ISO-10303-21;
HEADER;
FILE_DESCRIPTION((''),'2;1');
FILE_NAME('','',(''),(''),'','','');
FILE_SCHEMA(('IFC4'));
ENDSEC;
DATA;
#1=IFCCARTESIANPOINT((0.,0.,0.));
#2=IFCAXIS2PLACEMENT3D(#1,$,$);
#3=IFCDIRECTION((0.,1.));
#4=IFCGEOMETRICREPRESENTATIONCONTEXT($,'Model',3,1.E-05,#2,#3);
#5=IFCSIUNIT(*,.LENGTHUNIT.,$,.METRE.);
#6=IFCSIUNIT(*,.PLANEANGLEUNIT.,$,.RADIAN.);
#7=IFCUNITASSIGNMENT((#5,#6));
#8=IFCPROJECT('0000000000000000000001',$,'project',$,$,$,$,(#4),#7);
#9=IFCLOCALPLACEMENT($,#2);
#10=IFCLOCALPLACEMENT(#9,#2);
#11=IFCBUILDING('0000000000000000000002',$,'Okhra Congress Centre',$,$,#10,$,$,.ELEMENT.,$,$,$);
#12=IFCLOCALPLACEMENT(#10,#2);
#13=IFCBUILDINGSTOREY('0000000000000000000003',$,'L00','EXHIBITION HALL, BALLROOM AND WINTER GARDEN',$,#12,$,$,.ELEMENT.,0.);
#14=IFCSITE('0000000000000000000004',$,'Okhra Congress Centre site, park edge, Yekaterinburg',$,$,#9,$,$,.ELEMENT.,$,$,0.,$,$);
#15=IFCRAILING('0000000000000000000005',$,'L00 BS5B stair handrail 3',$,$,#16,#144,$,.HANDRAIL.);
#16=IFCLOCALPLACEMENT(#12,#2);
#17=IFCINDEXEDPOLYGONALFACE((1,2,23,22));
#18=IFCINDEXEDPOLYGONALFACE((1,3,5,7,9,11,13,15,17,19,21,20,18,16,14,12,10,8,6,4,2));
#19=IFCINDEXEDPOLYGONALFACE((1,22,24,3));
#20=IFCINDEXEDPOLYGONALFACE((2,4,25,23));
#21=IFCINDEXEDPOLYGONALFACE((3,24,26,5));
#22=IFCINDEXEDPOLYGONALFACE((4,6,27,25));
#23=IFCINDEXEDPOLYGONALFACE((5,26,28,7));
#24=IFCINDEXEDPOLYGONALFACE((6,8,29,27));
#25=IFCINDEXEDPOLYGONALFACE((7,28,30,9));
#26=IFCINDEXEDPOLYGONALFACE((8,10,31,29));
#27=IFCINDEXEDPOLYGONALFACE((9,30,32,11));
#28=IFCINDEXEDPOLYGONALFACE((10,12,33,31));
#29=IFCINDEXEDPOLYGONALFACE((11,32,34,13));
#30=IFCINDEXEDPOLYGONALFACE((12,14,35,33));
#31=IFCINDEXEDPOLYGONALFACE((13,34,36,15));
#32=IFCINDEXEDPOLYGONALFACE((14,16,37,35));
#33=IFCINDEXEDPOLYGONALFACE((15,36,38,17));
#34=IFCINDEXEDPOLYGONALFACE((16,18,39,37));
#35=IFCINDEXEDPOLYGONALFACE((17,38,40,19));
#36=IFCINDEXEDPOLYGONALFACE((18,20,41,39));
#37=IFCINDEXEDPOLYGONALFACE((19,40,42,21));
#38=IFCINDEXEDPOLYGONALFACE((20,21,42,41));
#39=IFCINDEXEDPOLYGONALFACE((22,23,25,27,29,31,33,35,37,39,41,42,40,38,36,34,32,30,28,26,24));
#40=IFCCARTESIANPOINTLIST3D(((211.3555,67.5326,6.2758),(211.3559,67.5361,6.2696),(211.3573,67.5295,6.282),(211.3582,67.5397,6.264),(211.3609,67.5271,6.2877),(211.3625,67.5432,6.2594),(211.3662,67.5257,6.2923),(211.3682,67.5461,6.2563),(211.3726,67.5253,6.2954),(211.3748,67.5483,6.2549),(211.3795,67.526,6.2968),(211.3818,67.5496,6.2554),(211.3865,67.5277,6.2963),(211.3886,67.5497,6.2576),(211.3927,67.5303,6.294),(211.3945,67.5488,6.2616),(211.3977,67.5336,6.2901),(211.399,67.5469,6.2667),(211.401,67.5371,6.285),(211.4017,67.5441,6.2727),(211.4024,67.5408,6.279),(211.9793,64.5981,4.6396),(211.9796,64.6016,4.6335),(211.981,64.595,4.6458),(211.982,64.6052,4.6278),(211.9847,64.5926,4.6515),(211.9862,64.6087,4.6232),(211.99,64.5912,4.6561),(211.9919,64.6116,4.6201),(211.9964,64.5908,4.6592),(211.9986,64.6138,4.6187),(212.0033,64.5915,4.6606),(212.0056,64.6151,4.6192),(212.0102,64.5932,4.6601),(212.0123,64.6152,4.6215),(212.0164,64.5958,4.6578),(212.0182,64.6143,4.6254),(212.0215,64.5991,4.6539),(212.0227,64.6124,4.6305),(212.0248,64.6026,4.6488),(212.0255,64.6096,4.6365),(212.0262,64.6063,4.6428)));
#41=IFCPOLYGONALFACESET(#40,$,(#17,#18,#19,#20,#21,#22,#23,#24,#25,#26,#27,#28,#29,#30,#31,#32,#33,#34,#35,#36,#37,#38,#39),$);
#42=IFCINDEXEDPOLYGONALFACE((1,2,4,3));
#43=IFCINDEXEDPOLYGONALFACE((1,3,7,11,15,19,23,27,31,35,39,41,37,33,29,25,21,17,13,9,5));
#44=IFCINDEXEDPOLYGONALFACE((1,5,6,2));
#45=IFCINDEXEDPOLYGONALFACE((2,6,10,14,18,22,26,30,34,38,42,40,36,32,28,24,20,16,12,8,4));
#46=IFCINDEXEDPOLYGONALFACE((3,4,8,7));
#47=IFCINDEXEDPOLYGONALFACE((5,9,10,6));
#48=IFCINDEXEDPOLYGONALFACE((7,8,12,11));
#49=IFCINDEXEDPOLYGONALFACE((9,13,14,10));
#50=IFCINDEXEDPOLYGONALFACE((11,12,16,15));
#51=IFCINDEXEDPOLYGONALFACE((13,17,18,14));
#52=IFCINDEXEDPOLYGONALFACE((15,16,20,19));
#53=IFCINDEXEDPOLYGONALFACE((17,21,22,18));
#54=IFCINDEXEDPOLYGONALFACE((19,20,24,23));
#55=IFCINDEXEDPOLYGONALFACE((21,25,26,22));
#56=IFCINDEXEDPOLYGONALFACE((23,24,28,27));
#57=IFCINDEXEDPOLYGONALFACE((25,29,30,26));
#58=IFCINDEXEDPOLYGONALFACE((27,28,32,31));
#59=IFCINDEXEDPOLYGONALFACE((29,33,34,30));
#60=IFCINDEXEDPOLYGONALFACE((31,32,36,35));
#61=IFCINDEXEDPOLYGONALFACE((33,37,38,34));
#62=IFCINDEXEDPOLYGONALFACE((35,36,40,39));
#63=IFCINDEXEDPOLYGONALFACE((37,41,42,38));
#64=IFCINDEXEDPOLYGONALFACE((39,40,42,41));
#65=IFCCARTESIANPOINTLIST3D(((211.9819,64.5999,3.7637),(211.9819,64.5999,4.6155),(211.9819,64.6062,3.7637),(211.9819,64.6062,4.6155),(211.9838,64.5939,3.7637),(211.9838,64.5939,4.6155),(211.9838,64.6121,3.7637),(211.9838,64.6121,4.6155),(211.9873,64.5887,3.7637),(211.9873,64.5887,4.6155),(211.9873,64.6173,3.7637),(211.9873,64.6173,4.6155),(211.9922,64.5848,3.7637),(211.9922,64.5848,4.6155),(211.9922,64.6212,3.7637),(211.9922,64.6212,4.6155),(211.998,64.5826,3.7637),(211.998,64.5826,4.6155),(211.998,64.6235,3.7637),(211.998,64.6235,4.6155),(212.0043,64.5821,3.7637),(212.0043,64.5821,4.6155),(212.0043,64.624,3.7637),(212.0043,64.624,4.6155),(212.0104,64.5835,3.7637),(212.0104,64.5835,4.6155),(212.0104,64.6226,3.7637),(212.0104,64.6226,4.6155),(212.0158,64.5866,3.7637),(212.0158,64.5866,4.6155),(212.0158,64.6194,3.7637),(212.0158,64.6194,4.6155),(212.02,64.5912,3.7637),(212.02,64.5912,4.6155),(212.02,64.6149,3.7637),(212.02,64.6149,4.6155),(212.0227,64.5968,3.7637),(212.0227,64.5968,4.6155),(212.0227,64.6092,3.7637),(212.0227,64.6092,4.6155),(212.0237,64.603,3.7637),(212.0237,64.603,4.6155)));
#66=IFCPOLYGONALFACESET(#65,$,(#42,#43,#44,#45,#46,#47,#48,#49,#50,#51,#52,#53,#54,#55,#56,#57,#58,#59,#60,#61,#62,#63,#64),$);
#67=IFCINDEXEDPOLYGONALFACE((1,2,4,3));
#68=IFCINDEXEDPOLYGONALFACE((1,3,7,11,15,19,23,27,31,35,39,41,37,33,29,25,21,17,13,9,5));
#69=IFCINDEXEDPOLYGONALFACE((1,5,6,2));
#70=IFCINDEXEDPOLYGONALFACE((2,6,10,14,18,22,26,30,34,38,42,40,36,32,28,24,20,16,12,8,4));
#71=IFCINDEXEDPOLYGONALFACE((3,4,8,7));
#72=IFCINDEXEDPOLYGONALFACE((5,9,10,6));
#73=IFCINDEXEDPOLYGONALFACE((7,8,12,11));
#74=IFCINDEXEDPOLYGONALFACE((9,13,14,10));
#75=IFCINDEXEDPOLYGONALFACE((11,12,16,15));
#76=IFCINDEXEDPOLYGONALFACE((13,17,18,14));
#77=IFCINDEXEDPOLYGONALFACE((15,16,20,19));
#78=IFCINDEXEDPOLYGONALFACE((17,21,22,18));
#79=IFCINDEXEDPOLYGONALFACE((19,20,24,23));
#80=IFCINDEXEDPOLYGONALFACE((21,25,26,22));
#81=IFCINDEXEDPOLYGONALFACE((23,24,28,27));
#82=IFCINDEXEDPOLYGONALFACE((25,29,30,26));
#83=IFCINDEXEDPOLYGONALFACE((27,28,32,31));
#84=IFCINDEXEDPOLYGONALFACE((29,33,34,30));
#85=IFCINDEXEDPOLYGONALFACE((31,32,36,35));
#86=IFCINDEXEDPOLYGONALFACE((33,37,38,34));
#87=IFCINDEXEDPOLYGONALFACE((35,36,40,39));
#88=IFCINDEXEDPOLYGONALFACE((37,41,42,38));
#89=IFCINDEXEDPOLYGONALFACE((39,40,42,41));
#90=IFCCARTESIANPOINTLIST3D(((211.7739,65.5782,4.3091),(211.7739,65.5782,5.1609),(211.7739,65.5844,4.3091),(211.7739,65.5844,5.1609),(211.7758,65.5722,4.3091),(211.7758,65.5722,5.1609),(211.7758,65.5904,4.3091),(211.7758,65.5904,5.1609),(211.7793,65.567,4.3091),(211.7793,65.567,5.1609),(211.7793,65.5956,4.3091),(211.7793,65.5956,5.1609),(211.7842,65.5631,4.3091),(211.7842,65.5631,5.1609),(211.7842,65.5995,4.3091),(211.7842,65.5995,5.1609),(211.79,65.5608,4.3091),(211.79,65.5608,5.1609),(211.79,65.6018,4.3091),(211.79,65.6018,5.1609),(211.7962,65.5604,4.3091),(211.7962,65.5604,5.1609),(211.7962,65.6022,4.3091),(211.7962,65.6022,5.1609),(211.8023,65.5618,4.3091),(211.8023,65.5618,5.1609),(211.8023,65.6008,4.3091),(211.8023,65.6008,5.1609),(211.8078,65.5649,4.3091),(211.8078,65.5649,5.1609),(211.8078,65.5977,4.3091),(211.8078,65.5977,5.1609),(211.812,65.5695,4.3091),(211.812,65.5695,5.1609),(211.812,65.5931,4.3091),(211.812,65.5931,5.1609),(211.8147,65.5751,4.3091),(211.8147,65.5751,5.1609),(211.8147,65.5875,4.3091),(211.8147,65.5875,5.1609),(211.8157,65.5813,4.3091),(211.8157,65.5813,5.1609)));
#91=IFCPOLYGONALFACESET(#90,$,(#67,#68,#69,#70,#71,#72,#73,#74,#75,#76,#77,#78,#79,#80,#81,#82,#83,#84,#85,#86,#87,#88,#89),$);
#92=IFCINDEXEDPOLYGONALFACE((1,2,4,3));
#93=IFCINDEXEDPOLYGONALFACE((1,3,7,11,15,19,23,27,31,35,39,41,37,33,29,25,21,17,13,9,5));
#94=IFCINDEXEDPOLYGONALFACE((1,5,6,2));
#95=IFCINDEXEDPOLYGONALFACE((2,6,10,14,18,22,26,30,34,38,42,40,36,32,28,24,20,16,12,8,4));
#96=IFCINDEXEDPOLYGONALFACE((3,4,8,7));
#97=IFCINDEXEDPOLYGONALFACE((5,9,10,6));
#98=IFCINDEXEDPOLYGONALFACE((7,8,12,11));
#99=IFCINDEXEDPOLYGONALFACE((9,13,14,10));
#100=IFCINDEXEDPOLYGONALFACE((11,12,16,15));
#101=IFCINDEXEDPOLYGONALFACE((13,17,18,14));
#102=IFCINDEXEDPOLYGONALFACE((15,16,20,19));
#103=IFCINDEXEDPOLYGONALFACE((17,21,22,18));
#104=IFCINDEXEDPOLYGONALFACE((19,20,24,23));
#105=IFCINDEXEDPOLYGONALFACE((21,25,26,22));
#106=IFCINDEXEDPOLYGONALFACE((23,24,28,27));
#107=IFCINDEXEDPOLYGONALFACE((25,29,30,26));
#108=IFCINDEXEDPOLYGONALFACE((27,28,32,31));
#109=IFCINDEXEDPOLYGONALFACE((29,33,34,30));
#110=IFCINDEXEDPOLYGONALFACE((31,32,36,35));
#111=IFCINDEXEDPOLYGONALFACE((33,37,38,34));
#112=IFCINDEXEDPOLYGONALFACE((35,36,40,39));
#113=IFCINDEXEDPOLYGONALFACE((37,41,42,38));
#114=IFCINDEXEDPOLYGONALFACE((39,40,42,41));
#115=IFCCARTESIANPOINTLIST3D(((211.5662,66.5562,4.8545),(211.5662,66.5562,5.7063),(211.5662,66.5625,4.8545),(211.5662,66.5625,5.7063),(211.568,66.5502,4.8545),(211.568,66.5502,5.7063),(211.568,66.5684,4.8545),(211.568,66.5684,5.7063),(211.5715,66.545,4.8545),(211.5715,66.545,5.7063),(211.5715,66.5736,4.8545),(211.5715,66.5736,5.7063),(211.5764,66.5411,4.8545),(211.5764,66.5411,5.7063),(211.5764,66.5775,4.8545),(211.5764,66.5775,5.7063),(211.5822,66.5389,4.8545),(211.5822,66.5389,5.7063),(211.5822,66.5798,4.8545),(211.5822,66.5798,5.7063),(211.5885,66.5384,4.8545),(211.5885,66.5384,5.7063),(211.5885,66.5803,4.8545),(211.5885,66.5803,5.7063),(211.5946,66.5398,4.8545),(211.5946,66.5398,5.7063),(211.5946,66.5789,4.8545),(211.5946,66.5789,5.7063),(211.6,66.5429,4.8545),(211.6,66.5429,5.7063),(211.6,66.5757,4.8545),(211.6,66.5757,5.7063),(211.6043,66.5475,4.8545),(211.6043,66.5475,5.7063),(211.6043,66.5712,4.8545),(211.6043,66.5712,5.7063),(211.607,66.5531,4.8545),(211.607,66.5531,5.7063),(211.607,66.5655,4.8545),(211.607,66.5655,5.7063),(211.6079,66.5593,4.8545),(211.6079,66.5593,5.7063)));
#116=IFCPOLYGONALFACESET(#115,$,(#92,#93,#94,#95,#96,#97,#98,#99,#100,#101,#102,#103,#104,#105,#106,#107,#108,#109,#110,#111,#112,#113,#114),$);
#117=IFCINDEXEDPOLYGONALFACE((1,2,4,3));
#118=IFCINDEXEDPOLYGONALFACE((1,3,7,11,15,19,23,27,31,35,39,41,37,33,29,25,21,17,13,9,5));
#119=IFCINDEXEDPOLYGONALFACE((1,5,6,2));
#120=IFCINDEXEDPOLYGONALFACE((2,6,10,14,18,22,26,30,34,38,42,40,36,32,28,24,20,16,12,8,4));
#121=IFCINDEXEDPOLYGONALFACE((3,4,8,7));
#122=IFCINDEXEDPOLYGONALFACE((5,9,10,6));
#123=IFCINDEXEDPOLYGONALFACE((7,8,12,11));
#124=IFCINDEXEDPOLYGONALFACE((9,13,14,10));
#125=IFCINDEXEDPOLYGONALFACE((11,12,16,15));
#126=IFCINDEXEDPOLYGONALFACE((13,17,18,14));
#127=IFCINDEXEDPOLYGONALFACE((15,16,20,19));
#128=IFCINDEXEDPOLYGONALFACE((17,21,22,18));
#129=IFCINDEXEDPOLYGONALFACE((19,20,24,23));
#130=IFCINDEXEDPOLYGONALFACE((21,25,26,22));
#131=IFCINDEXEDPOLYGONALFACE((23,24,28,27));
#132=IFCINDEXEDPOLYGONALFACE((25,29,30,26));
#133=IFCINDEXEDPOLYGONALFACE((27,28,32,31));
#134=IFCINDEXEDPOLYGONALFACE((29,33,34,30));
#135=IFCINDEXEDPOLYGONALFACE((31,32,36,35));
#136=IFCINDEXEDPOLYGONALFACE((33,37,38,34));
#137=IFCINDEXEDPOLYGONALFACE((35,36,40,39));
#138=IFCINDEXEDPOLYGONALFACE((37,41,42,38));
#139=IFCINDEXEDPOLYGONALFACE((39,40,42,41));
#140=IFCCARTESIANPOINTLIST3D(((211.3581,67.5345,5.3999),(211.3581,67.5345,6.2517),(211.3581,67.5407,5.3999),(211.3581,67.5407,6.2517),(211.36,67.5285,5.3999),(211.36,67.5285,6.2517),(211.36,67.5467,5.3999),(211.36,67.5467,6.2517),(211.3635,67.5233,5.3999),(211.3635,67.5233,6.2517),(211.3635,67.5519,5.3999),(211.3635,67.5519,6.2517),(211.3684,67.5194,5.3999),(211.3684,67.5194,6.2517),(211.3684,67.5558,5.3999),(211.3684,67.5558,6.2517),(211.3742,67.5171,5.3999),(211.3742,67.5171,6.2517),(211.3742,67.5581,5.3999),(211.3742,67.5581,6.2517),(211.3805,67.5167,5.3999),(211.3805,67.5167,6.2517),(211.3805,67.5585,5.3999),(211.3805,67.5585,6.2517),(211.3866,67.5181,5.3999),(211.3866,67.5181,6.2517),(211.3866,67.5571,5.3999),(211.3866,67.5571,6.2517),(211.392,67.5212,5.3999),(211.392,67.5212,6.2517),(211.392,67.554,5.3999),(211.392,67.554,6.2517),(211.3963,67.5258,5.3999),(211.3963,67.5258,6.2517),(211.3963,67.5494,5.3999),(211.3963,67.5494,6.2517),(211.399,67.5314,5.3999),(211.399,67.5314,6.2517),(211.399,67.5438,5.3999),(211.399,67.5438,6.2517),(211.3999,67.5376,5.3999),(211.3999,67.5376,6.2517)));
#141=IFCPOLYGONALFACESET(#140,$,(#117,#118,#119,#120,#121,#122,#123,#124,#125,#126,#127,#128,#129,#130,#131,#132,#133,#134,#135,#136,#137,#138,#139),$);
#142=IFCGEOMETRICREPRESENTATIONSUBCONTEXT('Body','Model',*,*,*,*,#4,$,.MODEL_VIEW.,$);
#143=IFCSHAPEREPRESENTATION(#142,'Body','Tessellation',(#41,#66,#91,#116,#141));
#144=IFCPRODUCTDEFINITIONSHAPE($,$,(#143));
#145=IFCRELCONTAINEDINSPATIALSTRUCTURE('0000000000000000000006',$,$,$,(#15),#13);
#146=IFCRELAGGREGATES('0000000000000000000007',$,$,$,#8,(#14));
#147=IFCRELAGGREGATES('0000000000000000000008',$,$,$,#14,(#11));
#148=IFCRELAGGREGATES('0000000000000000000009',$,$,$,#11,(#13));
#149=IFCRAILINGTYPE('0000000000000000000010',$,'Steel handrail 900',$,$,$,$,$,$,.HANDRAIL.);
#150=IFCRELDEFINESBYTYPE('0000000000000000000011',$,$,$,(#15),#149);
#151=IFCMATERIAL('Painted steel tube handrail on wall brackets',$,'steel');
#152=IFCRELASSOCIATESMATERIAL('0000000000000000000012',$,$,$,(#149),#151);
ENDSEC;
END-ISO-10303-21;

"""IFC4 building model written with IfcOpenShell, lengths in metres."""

from ifc_helpers import new_model, si_unit, direction, frame, origin, origin_2d, place, context, subcontext, project, spatial, circle, extrude, material, type_object, element, save


model = new_model("IFC4")

# Units and contexts
model_context = context("Model", 3, precision=1e-05, world=origin(), true_north=direction((0.0, 1.0)))
body_context = subcontext(model_context, "Body", "Model", "MODEL_VIEW")
ifc_project = project(units=[si_unit("LENGTHUNIT", "METRE"), si_unit("PLANEANGLEUNIT", "RADIAN")], contexts=[model_context])

# Site, building, storey
site_placement = place(None, origin())
site = spatial("IfcSite", under=ifc_project, at=site_placement, Name="Okhra Congress Centre site, park edge, Yekaterinburg", CompositionType="ELEMENT", RefElevation=0.0)
building_placement = place(site_placement, origin())
building = spatial("IfcBuilding", under=site, at=building_placement, Name="Okhra Congress Centre", CompositionType="ELEMENT")
storey_placement = place(building_placement, origin())
storey = spatial("IfcBuildingStorey", under=building, at=storey_placement, Name="L00", Description="EXHIBITION HALL, BALLROOM AND WINTER GARDEN", CompositionType="ELEMENT", Elevation=0.0)

# Railing
ifc_material_1 = material(Name="Painted steel tube handrail on wall brackets", Category="steel")
railing_type_1 = type_object("IfcRailingType", Name="Steel handrail 900", PredefinedType="HANDRAIL", material=ifc_material_1)
railing_1_placement = place(storey_placement, frame((212.0027, 64.603, 3.7637)))
element("IfcRailing", 1, at=railing_1_placement, inside=storey, type_object=railing_type_1, Name="L00 BS5B stair handrail 3", PredefinedType="HANDRAIL", context=body_context, shape_type="SweptSolid", body=[
    extrude(circle(Radius=0.0239, at=origin_2d()), frame((0.0, 0.0, 0.876), z_axis=(-0.182535, 0.858735, 0.478806), x_axis=(-0.978146, -0.207917, 0.0)), (0.0, 0.0, 1.0), 3.4172),
    extrude(circle(Radius=0.021, at=origin_2d()), origin(), (0.0, 0.0, 1.0), 0.8518),
    extrude(circle(Radius=0.021, at=origin_2d()), frame((-0.208, 0.9783, 0.5454)), (0.0, 0.0, 1.0), 0.8518),
    extrude(circle(Radius=0.021, at=origin_2d()), frame((-0.4158, 1.9563, 1.0908)), (0.0, 0.0, 1.0), 0.8518),
    extrude(circle(Radius=0.021, at=origin_2d()), frame((-0.6238, 2.9346, 1.6362)), (0.0, 0.0, 1.0), 0.8518),
])

save(model, "model.ifc")
